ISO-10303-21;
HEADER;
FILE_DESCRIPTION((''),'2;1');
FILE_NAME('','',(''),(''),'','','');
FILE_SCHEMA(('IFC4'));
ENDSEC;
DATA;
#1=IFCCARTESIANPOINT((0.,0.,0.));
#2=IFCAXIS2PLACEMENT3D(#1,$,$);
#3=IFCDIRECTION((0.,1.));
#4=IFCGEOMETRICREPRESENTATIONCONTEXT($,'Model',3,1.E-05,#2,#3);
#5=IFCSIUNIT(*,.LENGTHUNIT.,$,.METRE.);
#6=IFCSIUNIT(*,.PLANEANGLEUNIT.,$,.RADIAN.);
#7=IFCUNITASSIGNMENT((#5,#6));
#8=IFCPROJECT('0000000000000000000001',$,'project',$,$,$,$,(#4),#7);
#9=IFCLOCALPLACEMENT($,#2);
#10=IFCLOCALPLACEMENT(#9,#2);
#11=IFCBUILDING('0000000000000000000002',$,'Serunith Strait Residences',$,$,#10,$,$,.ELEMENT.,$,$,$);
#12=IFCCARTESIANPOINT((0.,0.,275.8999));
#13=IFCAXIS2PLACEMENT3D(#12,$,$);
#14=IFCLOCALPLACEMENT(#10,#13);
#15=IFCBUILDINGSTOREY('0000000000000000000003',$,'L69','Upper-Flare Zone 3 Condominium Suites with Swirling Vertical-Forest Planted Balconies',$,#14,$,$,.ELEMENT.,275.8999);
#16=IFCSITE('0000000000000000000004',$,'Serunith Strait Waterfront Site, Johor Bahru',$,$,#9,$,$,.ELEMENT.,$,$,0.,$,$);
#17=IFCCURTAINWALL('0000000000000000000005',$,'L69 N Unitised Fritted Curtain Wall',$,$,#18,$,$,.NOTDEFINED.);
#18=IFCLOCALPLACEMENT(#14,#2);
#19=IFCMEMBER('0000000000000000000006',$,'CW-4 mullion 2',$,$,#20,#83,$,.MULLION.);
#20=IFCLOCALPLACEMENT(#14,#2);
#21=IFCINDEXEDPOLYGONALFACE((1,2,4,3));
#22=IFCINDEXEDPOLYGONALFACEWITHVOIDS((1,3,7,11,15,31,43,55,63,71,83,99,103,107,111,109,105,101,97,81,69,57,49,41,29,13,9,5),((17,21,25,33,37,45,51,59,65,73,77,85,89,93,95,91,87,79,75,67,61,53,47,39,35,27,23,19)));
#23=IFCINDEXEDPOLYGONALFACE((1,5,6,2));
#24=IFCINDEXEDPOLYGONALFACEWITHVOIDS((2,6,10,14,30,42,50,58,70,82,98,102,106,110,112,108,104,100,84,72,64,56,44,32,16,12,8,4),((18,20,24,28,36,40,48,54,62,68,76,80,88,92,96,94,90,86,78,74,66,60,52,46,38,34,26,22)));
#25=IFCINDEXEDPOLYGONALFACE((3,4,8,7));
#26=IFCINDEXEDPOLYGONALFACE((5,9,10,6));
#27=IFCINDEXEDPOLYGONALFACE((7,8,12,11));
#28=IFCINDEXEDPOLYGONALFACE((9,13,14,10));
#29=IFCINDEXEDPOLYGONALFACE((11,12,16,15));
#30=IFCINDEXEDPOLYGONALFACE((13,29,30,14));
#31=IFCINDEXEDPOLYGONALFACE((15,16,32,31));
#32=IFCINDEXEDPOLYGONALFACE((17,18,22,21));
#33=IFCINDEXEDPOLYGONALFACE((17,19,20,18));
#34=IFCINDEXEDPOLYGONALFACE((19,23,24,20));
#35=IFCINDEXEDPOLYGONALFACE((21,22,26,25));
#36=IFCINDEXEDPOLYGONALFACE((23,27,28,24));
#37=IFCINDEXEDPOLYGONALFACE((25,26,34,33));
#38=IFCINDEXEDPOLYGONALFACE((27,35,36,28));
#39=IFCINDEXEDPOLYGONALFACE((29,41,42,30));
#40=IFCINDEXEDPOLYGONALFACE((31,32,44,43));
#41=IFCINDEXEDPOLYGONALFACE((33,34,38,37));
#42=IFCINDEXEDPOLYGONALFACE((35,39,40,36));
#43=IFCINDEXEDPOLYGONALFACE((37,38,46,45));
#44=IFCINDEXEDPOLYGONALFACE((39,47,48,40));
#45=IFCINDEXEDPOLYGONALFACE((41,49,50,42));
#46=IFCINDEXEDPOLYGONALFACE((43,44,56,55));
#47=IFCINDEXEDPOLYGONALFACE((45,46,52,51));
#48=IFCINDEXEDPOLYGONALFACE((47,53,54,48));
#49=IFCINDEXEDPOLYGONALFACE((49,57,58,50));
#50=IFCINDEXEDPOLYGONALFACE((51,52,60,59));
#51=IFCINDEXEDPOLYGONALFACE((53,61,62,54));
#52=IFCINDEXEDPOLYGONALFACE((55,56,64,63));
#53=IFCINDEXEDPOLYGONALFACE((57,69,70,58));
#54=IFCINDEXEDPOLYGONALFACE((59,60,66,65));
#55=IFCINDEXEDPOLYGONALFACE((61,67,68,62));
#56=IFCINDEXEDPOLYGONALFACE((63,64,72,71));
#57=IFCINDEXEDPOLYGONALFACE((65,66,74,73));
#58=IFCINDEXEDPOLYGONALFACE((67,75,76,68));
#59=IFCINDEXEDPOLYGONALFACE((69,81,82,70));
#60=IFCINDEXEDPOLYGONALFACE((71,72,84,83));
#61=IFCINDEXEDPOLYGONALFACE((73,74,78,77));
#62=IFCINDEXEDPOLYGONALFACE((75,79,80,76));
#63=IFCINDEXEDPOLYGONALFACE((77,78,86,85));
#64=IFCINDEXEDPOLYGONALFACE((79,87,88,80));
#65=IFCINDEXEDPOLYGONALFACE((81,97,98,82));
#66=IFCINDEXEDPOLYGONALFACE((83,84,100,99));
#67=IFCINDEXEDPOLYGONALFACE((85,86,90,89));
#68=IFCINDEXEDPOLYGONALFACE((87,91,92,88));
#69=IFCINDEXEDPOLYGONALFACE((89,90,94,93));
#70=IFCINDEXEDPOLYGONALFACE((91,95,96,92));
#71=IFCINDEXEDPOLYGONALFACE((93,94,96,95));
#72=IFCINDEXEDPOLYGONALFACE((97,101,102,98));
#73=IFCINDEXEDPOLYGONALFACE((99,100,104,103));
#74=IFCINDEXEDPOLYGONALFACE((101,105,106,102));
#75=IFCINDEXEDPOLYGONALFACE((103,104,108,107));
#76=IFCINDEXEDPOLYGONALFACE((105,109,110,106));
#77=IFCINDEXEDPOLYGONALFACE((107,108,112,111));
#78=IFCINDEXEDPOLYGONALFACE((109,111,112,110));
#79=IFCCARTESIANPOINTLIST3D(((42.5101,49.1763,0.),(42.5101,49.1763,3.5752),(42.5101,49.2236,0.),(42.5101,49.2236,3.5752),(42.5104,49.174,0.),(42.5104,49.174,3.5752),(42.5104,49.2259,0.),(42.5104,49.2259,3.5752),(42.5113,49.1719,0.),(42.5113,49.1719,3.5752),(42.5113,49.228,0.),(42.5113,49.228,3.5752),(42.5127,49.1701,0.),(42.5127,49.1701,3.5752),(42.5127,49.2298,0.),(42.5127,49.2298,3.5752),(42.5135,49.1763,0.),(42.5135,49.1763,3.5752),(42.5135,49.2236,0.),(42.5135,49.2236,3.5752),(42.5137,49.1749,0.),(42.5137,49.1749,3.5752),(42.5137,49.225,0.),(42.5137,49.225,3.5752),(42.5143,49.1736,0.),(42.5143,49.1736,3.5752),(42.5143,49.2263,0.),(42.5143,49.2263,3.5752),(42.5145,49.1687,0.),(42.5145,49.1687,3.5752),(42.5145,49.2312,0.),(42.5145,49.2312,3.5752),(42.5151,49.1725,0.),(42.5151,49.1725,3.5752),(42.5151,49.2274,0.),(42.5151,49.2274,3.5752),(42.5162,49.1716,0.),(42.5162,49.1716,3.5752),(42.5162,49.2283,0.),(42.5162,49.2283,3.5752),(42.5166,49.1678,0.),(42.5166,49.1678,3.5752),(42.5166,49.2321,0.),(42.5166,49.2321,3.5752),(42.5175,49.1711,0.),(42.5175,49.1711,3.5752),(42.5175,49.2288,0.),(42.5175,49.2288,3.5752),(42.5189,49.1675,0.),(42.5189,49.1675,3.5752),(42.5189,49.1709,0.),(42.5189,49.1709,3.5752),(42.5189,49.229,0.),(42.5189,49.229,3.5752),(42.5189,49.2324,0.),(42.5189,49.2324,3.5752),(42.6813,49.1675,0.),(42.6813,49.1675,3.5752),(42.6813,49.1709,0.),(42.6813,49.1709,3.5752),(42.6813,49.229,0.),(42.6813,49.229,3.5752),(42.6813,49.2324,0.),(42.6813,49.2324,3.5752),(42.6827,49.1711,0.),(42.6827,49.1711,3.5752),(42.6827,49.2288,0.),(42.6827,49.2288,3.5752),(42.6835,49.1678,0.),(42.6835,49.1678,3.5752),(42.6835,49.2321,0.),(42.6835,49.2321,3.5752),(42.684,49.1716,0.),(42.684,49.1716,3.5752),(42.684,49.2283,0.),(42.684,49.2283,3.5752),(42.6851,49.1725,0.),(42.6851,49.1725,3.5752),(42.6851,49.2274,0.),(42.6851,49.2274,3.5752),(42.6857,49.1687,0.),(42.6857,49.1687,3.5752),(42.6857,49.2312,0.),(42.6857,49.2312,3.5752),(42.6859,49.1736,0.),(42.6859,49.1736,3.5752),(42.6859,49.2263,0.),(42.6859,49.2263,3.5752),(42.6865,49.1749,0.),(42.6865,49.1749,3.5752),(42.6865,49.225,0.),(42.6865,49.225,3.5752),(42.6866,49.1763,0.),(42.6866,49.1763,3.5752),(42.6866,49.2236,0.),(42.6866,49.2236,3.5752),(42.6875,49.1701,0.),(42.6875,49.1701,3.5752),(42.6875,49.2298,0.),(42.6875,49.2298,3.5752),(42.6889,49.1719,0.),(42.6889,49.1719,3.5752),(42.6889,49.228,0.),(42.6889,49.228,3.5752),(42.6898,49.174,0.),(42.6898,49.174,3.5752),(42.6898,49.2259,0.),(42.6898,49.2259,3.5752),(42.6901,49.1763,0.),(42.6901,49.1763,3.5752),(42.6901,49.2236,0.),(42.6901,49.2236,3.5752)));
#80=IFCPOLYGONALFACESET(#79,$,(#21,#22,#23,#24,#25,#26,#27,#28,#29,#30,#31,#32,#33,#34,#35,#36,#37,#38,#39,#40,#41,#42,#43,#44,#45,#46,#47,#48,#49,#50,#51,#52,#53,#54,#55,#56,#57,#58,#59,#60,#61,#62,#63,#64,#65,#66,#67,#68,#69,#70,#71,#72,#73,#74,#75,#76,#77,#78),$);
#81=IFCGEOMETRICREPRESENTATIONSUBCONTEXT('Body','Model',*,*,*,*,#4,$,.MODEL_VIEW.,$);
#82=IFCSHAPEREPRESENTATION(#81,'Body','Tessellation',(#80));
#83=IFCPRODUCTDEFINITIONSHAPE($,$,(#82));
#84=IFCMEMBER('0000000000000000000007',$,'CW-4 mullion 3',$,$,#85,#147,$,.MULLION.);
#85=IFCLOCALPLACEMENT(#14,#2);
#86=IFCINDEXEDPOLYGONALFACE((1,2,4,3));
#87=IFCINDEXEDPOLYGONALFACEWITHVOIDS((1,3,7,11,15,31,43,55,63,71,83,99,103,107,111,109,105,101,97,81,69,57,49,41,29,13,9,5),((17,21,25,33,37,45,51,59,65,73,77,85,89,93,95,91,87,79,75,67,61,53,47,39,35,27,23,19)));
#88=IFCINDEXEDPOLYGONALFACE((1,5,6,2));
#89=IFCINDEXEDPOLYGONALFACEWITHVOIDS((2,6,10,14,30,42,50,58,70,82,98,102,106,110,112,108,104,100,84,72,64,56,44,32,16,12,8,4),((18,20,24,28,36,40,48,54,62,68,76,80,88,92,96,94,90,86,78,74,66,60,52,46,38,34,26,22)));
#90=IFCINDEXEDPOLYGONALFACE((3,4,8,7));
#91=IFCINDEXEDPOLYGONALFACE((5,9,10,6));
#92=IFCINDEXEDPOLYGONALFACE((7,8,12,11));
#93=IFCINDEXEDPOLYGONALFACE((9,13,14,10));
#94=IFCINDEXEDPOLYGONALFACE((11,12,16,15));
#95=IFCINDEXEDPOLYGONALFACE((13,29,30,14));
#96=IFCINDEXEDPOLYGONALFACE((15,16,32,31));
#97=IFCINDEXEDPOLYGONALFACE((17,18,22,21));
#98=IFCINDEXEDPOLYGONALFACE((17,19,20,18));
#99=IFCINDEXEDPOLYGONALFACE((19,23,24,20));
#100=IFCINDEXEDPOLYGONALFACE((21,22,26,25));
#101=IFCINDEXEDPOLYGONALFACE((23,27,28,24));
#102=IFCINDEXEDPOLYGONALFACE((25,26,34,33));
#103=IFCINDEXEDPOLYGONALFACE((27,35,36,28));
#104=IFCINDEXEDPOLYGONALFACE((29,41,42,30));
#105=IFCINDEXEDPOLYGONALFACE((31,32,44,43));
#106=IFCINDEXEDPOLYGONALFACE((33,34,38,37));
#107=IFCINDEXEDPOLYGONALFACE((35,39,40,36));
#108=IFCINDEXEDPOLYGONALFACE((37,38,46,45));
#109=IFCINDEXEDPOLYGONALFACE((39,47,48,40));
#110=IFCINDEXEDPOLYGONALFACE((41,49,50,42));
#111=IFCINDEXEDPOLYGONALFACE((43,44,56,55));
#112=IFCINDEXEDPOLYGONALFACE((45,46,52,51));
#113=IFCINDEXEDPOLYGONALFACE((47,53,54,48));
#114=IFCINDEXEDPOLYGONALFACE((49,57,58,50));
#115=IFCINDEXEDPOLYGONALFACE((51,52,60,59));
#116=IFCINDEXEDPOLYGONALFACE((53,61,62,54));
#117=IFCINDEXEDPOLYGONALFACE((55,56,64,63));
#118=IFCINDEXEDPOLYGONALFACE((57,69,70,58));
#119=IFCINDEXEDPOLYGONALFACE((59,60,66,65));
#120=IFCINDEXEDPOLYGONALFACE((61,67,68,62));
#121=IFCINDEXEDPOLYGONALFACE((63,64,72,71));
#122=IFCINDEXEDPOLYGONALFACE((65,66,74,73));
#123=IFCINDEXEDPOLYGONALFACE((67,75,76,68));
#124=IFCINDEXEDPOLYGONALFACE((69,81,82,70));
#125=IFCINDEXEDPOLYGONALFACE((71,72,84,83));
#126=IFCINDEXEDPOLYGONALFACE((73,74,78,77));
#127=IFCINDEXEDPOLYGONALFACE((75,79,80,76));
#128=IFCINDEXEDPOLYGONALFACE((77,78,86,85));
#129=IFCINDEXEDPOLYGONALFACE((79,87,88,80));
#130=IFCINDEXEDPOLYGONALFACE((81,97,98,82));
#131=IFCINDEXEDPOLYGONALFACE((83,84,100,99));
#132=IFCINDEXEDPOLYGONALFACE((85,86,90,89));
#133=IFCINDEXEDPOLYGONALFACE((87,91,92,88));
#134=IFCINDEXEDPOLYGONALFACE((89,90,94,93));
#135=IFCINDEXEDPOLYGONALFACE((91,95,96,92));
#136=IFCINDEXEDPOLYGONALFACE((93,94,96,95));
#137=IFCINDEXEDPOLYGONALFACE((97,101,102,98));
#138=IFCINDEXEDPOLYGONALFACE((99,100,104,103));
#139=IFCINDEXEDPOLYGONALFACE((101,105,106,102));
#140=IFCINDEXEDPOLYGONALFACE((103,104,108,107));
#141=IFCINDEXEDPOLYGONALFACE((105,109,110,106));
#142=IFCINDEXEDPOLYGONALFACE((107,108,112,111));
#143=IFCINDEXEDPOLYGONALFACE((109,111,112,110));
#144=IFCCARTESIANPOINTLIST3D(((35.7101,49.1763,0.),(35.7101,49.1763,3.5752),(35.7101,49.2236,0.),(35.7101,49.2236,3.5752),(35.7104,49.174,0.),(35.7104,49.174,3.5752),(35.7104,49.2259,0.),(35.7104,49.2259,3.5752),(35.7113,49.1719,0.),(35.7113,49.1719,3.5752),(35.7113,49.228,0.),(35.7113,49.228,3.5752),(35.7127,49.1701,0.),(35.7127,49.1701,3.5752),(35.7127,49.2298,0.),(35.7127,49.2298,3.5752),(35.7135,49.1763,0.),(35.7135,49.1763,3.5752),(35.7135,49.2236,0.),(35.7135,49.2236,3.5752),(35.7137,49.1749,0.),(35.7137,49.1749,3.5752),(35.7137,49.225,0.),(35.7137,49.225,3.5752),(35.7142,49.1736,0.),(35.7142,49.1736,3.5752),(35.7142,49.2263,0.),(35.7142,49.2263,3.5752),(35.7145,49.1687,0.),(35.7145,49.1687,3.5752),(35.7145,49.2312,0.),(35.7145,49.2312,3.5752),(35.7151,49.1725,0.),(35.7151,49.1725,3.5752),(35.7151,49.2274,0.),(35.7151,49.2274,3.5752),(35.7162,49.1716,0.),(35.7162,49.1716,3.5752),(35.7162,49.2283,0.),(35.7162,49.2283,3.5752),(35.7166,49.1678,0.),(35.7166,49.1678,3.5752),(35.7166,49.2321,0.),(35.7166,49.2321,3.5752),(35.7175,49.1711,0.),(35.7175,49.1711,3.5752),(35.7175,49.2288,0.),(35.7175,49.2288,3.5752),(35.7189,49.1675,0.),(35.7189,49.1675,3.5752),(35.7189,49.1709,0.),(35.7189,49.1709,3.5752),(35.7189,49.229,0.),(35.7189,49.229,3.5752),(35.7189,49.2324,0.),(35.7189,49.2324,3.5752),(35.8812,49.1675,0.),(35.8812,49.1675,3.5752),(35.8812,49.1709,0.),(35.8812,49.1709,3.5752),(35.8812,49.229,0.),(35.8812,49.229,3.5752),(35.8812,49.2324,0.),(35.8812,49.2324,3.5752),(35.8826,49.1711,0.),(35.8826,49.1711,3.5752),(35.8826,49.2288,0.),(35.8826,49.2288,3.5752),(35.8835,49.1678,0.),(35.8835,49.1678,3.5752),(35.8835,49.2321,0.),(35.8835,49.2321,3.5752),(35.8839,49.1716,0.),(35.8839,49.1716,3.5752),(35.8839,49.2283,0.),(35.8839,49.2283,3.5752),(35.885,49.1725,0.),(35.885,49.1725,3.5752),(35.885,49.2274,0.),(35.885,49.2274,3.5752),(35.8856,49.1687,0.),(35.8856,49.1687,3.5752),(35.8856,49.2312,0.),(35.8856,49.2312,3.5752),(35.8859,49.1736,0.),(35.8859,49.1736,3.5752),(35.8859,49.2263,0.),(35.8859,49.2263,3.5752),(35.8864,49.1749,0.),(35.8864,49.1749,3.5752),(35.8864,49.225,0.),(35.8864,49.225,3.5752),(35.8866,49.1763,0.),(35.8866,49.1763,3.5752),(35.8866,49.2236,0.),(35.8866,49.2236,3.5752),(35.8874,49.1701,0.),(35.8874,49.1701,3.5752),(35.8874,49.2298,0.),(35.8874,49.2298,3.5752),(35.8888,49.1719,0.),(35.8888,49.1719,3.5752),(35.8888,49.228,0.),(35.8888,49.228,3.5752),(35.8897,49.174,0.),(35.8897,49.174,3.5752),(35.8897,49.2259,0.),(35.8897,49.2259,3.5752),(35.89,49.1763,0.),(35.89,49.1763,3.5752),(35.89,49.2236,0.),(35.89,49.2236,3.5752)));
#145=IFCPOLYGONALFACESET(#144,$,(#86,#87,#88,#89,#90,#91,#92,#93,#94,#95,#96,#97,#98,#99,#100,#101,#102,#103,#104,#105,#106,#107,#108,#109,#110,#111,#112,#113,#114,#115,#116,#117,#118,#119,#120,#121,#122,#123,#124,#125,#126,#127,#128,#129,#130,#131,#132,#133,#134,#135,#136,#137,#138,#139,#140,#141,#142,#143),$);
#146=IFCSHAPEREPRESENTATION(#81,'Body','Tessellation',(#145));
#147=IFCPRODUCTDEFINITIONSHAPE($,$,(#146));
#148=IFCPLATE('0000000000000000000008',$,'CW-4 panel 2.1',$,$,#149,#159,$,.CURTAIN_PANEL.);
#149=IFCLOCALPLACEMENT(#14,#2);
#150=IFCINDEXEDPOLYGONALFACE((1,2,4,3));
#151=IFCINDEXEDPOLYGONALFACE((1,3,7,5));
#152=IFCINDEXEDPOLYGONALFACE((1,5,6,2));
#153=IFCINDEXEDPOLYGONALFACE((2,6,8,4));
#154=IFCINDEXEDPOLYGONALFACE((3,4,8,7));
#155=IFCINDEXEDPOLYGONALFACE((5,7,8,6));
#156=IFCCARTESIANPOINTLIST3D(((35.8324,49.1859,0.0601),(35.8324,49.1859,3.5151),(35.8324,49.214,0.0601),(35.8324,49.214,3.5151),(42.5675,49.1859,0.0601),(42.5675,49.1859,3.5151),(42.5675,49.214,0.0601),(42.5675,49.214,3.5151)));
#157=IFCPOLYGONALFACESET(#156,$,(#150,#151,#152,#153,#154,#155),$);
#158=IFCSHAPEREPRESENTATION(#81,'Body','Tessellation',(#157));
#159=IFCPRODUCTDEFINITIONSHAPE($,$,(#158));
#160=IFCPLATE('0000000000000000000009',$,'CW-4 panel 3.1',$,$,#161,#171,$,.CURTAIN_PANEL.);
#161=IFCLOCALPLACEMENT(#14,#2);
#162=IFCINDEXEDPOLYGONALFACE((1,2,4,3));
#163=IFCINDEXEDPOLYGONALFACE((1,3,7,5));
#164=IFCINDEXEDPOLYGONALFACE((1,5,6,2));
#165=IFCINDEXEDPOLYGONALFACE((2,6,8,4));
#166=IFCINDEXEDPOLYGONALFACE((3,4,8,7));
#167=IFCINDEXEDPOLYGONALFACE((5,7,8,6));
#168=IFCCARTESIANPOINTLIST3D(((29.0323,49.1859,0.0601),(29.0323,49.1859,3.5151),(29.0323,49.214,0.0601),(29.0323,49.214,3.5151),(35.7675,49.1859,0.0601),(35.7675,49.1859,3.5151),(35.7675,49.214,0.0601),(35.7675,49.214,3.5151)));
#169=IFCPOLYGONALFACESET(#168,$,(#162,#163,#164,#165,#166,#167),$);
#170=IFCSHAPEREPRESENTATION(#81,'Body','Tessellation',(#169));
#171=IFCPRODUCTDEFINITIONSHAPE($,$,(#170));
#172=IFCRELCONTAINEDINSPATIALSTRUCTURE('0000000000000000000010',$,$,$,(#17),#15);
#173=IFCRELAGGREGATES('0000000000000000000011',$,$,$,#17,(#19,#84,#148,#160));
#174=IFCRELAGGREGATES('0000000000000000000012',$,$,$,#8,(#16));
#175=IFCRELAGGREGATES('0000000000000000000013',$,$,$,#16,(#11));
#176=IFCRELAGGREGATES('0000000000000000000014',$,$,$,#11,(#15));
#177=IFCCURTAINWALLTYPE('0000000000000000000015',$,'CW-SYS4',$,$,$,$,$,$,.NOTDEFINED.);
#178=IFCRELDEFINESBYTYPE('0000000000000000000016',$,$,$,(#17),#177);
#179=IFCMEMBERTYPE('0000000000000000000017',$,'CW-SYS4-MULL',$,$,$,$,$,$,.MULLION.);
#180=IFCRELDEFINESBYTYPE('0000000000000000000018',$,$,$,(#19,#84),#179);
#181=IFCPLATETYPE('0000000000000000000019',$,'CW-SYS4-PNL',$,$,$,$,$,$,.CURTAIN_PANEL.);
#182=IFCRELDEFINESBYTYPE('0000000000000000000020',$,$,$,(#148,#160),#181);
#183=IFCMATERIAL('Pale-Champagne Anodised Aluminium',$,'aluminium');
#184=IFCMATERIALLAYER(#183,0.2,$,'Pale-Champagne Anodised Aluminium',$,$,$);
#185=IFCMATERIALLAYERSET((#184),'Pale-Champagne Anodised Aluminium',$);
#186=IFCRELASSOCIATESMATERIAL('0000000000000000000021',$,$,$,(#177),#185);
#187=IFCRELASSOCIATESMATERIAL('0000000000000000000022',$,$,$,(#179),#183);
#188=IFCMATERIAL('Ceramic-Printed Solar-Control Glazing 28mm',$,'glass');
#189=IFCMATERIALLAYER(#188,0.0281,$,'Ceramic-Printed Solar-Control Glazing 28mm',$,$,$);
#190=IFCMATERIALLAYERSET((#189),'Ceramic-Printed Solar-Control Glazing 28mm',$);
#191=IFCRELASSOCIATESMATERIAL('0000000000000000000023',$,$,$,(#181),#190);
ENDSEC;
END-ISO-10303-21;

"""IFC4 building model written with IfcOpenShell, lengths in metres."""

from ifc_helpers import new_model, si_unit, direction, frame, origin, origin_2d, place, context, subcontext, project, spatial, rectangle, hollow_rectangle, extrude, source, transform, mapped, material, layer, layer_set, material_profile, profile_set, type_object, element, aggregate, save


model = new_model("IFC4")

# Units and contexts
model_context = context("Model", 3, precision=1e-05, world=origin(), true_north=direction((0.0, 1.0)))
body_context = subcontext(model_context, "Body", "Model", "MODEL_VIEW")
ifc_project = project(units=[si_unit("LENGTHUNIT", "METRE"), si_unit("PLANEANGLEUNIT", "RADIAN")], contexts=[model_context])

# Site, building, storey
site_placement = place(None, origin())
site = spatial("IfcSite", under=ifc_project, at=site_placement, Name="Serunith Strait Waterfront Site, Johor Bahru", CompositionType="ELEMENT", RefElevation=0.0)
building_placement = place(site_placement, origin())
building = spatial("IfcBuilding", under=site, at=building_placement, Name="Serunith Strait Residences", CompositionType="ELEMENT")
storey_placement = place(building_placement, frame((0.0, 0.0, 275.8999)))
storey = spatial("IfcBuildingStorey", under=building, at=storey_placement, Name="L69", Description="Upper-Flare Zone 3 Condominium Suites with Swirling Vertical-Forest Planted Balconies", CompositionType="ELEMENT", Elevation=275.8999)

# Curtain wall, members, plates
ifc_material_1 = material(Name="Pale-Champagne Anodised Aluminium", Category="aluminium")
ifc_layer_1 = layer(ifc_material_1, 0.2, Name="Pale-Champagne Anodised Aluminium")
ifc_layer_set_1 = layer_set([ifc_layer_1], Name="Pale-Champagne Anodised Aluminium")
curtain_wall_type = type_object("IfcCurtainWallType", Name="CW-SYS4", PredefinedType="NOTDEFINED", material=ifc_layer_set_1)
curtain_wall_placement = place(storey_placement, origin())
curtain_wall = element("IfcCurtainWall", 1, at=curtain_wall_placement, inside=storey, type_object=curtain_wall_type, Name="L69 N Unitised Fritted Curtain Wall", PredefinedType="NOTDEFINED")
ifc_material_profile_1 = material_profile(ifc_material_1, hollow_rectangle(XDim=0.0649, YDim=0.1799, WallThickness=0.0034, InnerFilletRadius=0.0054, OuterFilletRadius=0.0088, at=origin_2d()), Name="ALU 180x65x3.5")
ifc_profile_set_1 = profile_set([ifc_material_profile_1], Name="Pale-Champagne Anodised Aluminium")
member_type_1 = type_object("IfcMemberType", Name="CW-SYS4-MULL", PredefinedType="MULLION", material=ifc_profile_set_1)
shared_shape_1 = source(origin(), body_context, "Body", "SweptSolid", [
    extrude(hollow_rectangle(XDim=0.0649, YDim=0.1799, WallThickness=0.0034, InnerFilletRadius=0.0054, OuterFilletRadius=0.0088, at=origin_2d()), origin(), (0.0, 0.0, 1.0), 3.5752),
])
member_1_placement = place(storey_placement, frame((42.6001, 49.2, 0.0), z_axis=(0.0, 0.0, 1.0), x_axis=(0.0, -1.0, 0.0)))
member_1 = element("IfcMember", 2, at=member_1_placement, type_object=member_type_1, Name="CW-4 mullion 2", PredefinedType="MULLION", context=body_context, shape_type="MappedRepresentation", body=[
    mapped(shared_shape_1, transform((0.0, 0.0, 0.0), scale=1.0)),
])
member_2_placement = place(storey_placement, frame((35.8, 49.2, 0.0), z_axis=(0.0, 0.0, 1.0), x_axis=(0.0, -1.0, 0.0)))
member_2 = element("IfcMember", 3, at=member_2_placement, type_object=member_type_1, Name="CW-4 mullion 3", PredefinedType="MULLION", context=body_context, shape_type="MappedRepresentation", body=[
    mapped(shared_shape_1, transform((0.0, 0.0, 0.0), scale=1.0)),
])
ifc_material_2 = material(Name="Ceramic-Printed Solar-Control Glazing 28mm", Category="glass")
ifc_layer_2 = layer(ifc_material_2, 0.0281, Name="Ceramic-Printed Solar-Control Glazing 28mm")
ifc_layer_set_2 = layer_set([ifc_layer_2], Name="Ceramic-Printed Solar-Control Glazing 28mm")
plate_type = type_object("IfcPlateType", Name="CW-SYS4-PNL", PredefinedType="CURTAIN_PANEL", material=ifc_layer_set_2)
shared_shape_2 = source(origin(), body_context, "Body", "SweptSolid", [
    extrude(rectangle(XDim=6.7351, YDim=0.0281, at=origin_2d()), origin(), (0.0, 0.0, 1.0), 3.4551),
])
plate_1_placement = place(storey_placement, frame((39.2, 49.2, 0.0601), z_axis=(0.0, 0.0, 1.0), x_axis=(-1.0, 0.0, 0.0)))
plate_1 = element("IfcPlate", 4, at=plate_1_placement, type_object=plate_type, Name="CW-4 panel 2.1", PredefinedType="CURTAIN_PANEL", context=body_context, shape_type="MappedRepresentation", body=[
    mapped(shared_shape_2, transform((0.0, 0.0, 0.0), scale=1.0)),
])
plate_2_placement = place(storey_placement, frame((32.3999, 49.2, 0.0601), z_axis=(0.0, 0.0, 1.0), x_axis=(-1.0, 0.0, 0.0)))
plate_2 = element("IfcPlate", 5, at=plate_2_placement, type_object=plate_type, Name="CW-4 panel 3.1", PredefinedType="CURTAIN_PANEL", context=body_context, shape_type="MappedRepresentation", body=[
    mapped(shared_shape_2, transform((0.0, 0.0, 0.0), scale=1.0)),
])
aggregate(curtain_wall, [member_1, member_2, plate_1, plate_2])

save(model, "model.ifc")
